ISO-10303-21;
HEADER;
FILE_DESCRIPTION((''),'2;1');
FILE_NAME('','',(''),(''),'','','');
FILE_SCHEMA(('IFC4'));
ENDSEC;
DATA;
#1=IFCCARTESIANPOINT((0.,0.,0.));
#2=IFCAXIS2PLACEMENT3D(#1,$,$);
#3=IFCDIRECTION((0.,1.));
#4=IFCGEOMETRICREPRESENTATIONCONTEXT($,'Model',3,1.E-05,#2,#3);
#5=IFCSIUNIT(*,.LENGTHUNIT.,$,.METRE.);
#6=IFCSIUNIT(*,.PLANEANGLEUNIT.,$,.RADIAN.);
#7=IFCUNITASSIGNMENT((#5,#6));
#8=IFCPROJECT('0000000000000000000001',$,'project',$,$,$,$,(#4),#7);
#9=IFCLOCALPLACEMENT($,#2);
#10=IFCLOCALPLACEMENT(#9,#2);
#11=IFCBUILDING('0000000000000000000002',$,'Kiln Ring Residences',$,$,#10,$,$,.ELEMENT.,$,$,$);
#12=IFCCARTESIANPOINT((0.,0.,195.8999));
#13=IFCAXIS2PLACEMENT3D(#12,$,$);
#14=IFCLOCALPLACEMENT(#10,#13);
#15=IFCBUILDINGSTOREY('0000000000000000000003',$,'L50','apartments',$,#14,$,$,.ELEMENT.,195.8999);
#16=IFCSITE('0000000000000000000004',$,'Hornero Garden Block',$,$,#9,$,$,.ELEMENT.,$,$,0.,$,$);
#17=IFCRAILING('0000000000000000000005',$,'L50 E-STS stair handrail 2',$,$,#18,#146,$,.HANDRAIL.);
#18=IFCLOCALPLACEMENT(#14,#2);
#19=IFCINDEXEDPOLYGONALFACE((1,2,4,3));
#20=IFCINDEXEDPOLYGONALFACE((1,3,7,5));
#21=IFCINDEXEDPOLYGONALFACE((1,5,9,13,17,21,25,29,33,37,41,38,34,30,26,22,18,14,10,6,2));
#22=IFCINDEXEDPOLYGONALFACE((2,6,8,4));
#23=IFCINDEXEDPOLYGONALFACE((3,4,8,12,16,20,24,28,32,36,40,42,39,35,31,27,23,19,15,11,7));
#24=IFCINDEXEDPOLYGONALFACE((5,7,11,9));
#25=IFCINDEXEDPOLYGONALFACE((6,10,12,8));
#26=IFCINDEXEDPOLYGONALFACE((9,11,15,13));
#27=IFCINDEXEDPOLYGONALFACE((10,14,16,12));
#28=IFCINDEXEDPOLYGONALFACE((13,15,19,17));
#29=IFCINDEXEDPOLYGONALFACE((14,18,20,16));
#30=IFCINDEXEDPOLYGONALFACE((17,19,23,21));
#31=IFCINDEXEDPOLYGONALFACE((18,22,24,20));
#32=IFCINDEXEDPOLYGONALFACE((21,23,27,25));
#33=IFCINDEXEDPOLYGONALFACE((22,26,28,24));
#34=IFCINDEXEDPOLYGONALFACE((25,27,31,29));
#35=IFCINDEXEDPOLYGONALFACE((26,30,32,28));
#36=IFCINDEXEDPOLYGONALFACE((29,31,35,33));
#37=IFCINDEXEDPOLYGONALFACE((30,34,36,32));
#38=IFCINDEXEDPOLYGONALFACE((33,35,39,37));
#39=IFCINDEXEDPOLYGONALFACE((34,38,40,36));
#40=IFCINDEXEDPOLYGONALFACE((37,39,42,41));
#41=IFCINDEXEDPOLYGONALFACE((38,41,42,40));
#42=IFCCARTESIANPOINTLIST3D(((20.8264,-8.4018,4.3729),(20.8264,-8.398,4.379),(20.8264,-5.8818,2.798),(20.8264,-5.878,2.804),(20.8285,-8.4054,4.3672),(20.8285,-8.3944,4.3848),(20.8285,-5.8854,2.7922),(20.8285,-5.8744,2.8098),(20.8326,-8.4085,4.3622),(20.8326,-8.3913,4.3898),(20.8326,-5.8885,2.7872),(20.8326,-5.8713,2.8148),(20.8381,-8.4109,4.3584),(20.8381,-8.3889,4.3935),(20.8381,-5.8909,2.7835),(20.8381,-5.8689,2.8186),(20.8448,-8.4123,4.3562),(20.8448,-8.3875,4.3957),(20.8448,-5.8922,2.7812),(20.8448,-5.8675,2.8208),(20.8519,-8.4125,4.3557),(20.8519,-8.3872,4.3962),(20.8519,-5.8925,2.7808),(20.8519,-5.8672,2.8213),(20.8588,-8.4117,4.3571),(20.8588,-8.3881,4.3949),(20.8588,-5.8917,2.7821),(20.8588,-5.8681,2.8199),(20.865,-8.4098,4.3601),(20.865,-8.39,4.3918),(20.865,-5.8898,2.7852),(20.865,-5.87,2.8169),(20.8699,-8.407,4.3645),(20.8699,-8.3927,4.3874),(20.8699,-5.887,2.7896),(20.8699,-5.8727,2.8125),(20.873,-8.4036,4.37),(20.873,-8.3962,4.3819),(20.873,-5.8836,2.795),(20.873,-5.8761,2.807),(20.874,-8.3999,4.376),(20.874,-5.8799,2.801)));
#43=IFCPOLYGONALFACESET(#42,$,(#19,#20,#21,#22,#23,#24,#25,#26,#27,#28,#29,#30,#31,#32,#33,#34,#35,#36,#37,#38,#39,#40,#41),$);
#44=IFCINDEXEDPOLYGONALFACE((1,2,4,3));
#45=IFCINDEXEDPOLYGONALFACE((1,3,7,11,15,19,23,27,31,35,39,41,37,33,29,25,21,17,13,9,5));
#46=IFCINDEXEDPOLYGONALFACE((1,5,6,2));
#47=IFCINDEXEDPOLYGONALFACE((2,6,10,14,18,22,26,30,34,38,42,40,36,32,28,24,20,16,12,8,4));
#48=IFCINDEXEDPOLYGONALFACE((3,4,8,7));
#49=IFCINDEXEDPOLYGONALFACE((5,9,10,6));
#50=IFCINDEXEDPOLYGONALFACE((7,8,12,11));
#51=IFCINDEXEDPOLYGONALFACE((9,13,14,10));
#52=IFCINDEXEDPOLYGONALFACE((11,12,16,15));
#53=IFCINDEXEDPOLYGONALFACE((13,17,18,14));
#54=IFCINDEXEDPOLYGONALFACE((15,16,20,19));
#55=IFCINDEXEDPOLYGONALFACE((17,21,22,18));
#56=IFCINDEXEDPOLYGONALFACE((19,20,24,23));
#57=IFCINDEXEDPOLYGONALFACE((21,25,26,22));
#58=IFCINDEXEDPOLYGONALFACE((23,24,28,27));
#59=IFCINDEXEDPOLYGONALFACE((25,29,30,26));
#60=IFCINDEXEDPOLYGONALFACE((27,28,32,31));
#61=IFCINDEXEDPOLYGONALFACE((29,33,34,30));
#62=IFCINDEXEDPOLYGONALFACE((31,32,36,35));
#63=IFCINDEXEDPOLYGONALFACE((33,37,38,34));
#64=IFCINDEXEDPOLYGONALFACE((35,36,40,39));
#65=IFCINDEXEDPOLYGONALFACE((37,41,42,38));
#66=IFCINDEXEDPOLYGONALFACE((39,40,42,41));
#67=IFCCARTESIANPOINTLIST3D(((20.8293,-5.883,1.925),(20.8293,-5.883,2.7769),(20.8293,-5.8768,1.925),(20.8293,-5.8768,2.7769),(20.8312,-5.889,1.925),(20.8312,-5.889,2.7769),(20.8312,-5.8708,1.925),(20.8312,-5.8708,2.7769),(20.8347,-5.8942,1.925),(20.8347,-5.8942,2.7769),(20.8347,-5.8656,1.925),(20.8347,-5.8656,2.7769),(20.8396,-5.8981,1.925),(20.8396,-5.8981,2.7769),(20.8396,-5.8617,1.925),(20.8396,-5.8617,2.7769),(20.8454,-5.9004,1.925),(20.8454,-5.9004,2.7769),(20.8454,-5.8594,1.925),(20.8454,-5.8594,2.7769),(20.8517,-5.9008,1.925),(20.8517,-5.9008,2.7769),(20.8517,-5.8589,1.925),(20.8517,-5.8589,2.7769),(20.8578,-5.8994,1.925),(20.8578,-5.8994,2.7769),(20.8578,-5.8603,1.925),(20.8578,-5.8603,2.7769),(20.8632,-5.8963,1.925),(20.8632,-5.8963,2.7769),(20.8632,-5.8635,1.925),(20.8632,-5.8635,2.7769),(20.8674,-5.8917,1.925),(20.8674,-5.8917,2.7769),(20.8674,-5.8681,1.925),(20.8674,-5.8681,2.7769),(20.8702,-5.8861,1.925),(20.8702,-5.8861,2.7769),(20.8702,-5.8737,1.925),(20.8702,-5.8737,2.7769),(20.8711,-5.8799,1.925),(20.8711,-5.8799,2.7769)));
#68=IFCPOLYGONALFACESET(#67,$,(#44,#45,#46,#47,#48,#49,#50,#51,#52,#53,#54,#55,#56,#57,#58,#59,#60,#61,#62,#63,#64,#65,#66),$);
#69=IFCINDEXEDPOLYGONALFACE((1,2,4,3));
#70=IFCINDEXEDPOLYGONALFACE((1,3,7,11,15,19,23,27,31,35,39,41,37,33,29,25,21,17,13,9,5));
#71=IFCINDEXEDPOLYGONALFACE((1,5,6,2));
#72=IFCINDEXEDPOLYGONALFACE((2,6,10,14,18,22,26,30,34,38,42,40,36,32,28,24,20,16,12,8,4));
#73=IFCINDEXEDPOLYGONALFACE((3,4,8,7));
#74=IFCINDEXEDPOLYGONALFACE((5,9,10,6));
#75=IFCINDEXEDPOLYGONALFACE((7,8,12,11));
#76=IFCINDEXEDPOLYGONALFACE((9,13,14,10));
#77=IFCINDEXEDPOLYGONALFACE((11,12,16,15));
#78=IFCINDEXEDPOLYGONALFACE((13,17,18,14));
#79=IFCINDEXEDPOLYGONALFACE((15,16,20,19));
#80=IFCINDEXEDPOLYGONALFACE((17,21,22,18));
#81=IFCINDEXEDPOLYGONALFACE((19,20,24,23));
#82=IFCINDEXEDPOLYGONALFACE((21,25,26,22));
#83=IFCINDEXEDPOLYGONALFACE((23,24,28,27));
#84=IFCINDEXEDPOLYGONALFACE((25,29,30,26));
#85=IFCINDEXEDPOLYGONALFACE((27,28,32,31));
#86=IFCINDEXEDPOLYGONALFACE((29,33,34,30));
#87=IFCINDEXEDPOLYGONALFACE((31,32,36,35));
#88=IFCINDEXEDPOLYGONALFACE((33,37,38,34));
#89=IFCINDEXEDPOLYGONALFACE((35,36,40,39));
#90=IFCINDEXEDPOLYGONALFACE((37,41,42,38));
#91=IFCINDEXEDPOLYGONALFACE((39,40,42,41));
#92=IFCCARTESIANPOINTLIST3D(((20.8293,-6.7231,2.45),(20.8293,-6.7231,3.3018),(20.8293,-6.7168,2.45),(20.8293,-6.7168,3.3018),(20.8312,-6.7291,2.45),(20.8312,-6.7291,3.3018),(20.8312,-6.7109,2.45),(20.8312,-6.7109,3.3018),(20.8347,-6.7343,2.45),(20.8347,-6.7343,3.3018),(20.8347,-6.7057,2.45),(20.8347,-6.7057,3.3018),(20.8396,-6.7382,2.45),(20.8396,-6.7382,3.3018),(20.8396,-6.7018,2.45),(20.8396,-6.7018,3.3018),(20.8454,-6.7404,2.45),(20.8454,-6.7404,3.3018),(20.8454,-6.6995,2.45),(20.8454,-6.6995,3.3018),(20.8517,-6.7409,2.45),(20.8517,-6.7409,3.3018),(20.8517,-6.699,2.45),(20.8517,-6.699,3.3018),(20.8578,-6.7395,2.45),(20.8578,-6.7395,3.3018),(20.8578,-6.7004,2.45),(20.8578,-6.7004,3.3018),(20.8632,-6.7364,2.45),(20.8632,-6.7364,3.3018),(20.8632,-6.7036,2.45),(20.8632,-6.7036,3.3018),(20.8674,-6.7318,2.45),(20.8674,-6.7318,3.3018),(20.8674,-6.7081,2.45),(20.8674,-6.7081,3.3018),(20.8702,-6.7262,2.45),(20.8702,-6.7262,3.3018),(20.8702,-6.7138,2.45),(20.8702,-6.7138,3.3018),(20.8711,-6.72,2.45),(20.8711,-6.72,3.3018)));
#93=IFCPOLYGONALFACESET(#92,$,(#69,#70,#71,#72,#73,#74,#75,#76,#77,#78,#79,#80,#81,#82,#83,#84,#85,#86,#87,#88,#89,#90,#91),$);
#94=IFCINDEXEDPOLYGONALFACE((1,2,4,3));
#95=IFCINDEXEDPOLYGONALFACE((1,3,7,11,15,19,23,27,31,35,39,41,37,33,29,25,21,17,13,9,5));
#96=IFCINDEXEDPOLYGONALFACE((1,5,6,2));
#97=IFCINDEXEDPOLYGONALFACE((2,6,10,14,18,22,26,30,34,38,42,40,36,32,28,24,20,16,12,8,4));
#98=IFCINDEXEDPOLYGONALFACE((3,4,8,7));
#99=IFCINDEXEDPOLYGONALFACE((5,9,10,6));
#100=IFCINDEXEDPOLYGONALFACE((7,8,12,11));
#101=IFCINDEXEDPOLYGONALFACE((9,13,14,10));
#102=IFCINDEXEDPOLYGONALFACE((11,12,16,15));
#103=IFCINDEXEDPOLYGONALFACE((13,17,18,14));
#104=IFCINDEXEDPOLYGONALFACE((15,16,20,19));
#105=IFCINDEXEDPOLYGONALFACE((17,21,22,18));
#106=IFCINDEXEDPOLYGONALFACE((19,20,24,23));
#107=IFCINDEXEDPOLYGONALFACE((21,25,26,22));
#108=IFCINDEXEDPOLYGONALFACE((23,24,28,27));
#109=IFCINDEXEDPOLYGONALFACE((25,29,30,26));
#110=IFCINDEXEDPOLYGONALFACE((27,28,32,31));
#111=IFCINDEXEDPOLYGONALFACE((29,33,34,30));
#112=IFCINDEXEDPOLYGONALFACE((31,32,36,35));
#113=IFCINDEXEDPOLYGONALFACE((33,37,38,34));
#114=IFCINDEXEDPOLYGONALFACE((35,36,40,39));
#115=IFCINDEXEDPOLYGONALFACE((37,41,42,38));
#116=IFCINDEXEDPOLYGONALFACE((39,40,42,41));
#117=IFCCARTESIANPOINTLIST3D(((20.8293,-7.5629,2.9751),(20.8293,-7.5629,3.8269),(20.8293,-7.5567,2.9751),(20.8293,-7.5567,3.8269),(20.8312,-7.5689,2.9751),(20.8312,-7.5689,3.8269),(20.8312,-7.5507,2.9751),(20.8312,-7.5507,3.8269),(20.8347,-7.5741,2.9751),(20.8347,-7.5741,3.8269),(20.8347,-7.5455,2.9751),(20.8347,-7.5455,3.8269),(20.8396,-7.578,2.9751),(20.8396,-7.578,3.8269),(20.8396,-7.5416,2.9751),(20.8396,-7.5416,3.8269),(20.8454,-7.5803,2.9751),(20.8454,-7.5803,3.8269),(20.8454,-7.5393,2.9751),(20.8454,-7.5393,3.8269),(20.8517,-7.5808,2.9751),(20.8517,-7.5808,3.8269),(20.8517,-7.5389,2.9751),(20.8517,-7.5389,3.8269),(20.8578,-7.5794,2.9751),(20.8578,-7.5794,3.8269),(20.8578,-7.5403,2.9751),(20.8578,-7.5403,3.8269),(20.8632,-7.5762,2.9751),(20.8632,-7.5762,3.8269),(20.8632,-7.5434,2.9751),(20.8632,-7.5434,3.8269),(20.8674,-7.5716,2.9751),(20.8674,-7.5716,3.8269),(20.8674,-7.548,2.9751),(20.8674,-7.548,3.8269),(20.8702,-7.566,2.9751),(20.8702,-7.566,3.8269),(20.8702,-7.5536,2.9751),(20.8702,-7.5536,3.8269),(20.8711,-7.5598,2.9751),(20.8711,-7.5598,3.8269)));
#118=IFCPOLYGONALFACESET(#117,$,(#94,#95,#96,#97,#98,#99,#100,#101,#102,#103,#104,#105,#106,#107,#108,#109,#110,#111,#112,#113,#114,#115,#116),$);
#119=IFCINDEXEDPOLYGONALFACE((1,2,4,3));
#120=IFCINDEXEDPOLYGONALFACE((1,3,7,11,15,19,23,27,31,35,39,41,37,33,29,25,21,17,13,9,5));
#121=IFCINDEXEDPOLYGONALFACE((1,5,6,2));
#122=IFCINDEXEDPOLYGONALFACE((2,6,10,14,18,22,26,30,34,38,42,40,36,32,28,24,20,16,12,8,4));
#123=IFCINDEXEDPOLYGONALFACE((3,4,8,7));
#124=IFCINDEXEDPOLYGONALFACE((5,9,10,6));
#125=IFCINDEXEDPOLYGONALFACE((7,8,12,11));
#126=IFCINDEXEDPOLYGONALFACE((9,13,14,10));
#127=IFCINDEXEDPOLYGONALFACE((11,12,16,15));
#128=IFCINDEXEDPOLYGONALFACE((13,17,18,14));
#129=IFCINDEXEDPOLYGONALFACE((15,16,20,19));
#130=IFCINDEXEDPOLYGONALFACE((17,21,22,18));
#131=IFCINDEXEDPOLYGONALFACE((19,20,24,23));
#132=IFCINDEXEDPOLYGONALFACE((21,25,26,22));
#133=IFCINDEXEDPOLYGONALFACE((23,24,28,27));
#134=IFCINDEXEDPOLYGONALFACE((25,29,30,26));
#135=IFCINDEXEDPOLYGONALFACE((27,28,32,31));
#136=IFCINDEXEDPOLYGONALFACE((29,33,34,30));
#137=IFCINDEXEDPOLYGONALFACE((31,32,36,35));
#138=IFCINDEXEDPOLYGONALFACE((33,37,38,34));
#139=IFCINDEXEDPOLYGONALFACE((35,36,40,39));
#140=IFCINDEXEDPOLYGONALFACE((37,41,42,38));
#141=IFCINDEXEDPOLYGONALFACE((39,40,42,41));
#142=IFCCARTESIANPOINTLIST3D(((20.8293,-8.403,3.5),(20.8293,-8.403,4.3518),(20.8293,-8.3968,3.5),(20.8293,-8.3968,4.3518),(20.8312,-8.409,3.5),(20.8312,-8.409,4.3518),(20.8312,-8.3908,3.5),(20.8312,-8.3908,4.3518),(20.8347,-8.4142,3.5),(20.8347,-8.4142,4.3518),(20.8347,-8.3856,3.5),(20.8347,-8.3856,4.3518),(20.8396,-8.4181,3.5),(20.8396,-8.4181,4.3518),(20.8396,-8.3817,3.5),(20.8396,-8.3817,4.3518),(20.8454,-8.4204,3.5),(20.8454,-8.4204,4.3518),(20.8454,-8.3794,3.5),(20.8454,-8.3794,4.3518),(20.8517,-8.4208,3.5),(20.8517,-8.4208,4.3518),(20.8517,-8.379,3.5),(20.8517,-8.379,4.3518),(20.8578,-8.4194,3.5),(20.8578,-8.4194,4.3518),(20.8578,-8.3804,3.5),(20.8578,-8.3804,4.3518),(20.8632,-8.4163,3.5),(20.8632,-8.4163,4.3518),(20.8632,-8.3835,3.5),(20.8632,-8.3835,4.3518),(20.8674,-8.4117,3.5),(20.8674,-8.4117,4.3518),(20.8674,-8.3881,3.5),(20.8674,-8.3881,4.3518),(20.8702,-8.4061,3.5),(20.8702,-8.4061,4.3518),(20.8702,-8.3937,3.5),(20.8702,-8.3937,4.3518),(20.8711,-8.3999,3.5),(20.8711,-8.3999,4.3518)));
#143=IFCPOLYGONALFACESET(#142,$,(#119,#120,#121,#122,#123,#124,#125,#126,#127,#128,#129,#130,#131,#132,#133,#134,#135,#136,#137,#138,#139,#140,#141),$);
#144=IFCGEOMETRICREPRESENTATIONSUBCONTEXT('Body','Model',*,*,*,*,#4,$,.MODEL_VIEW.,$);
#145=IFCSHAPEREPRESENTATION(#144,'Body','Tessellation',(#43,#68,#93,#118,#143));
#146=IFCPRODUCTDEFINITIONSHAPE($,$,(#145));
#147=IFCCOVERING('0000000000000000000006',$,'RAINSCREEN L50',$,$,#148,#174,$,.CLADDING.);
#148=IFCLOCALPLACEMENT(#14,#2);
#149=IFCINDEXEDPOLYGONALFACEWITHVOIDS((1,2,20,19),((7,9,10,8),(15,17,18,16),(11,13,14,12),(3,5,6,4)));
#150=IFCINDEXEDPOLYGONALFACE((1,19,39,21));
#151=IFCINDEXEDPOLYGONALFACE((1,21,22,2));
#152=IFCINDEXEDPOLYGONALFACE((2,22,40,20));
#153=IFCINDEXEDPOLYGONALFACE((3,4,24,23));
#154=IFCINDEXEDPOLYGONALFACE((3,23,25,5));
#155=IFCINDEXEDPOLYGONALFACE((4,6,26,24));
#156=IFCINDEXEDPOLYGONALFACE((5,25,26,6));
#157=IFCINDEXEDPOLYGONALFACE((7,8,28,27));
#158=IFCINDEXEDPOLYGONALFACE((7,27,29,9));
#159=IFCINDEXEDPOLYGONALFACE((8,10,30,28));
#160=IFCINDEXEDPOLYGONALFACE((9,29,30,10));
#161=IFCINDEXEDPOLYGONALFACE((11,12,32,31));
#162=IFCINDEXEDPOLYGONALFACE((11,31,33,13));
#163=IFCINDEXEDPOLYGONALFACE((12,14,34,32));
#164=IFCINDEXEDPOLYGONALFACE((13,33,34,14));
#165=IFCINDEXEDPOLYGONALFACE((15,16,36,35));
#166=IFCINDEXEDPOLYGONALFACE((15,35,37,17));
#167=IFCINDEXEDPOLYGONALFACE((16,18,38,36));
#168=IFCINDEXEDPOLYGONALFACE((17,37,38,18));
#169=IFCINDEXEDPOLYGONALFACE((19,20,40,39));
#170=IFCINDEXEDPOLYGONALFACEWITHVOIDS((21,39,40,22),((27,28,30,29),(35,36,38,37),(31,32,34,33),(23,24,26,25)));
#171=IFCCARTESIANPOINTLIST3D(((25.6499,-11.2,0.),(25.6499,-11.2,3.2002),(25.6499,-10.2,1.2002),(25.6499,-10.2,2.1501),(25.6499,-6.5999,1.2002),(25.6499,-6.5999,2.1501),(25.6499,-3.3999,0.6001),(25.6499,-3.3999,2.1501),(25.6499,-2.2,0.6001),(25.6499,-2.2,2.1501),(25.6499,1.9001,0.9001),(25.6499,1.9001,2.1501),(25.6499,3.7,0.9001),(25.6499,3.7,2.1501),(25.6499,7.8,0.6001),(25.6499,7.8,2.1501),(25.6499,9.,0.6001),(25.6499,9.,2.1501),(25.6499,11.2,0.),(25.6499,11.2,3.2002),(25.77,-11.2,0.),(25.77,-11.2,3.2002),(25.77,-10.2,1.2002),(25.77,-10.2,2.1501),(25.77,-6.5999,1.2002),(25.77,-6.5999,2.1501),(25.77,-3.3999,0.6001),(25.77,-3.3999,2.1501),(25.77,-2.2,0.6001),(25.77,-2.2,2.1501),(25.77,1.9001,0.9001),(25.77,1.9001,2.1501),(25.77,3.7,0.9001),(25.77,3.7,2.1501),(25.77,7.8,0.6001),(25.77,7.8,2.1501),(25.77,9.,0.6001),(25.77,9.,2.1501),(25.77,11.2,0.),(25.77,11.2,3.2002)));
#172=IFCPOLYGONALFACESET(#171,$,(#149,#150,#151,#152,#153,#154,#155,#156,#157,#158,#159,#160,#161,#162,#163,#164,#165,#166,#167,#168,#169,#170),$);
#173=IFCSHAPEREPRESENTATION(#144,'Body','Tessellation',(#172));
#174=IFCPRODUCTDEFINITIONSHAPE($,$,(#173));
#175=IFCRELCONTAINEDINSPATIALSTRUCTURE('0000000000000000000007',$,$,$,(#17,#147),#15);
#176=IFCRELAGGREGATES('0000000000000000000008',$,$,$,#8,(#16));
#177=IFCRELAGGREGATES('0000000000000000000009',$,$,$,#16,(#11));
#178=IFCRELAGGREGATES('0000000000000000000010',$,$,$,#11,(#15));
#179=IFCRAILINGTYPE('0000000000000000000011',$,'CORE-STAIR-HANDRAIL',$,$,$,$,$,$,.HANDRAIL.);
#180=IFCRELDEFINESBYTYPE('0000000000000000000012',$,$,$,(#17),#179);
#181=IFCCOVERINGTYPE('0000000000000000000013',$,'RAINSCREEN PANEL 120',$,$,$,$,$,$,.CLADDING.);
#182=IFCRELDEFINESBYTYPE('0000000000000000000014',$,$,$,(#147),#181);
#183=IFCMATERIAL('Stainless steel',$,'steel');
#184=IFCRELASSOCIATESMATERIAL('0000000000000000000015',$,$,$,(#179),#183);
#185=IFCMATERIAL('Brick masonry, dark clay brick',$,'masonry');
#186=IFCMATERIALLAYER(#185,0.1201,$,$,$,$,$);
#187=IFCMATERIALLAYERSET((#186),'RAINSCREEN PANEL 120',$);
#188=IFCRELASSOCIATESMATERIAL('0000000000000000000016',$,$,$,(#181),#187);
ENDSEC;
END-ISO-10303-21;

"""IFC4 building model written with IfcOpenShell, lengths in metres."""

from ifc_helpers import new_model, si_unit, direction, frame, origin, origin_2d, place, context, subcontext, project, spatial, polyline, circle, outline, extrude, material, layer, layer_set, type_object, element, save


model = new_model("IFC4")

# Units and contexts
model_context = context("Model", 3, precision=1e-05, world=origin(), true_north=direction((0.0, 1.0)))
body_context = subcontext(model_context, "Body", "Model", "MODEL_VIEW")
ifc_project = project(units=[si_unit("LENGTHUNIT", "METRE"), si_unit("PLANEANGLEUNIT", "RADIAN")], contexts=[model_context])

# Site, building, storey
site_placement = place(None, origin())
site = spatial("IfcSite", under=ifc_project, at=site_placement, Name="Hornero Garden Block", CompositionType="ELEMENT", RefElevation=0.0)
building_placement = place(site_placement, origin())
building = spatial("IfcBuilding", under=site, at=building_placement, Name="Kiln Ring Residences", CompositionType="ELEMENT")
storey_placement = place(building_placement, frame((0.0, 0.0, 195.8999)))
storey = spatial("IfcBuildingStorey", under=building, at=storey_placement, Name="L50", Description="apartments", CompositionType="ELEMENT", Elevation=195.8999)

# Railing
ifc_material_1 = material(Name="Stainless steel", Category="steel")
railing_type_1 = type_object("IfcRailingType", Name="CORE-STAIR-HANDRAIL", PredefinedType="HANDRAIL", material=ifc_material_1)
railing_1_placement = place(storey_placement, frame((20.8501, -5.8799, 1.925)))
element("IfcRailing", 1, at=railing_1_placement, inside=storey, type_object=railing_type_1, Name="L50 E-STS stair handrail 2", PredefinedType="HANDRAIL", context=body_context, shape_type="SweptSolid", body=[
    extrude(circle(Radius=0.0239, at=origin_2d()), frame((0.0, 0.0, 0.876), z_axis=(0.0, -0.848008, 0.529984), x_axis=(1.0, 0.0, 0.0)), (0.0, 0.0, 1.0), 2.9717),
    extrude(circle(Radius=0.021, at=origin_2d()), origin(), (0.0, 0.0, 1.0), 0.8518),
    extrude(circle(Radius=0.021, at=origin_2d()), frame((0.0, -0.8401, 0.5249)), (0.0, 0.0, 1.0), 0.8518),
    extrude(circle(Radius=0.021, at=origin_2d()), frame((0.0, -1.6799, 1.05)), (0.0, 0.0, 1.0), 0.8518),
    extrude(circle(Radius=0.021, at=origin_2d()), frame((0.0, -2.52, 1.575)), (0.0, 0.0, 1.0), 0.8518),
])

# Covering
ifc_material_2 = material(Name="Brick masonry, dark clay brick", Category="masonry")
ifc_layer_1 = layer(ifc_material_2, 0.1201)
ifc_layer_set_1 = layer_set([ifc_layer_1], Name="RAINSCREEN PANEL 120")
covering_type = type_object("IfcCoveringType", Name="RAINSCREEN PANEL 120", PredefinedType="CLADDING", material=ifc_layer_set_1)
covering_placement = place(storey_placement, frame((25.71, -11.2, 0.0), z_axis=(0.0, 0.0, 1.0), x_axis=(0.0, 1.0, 0.0)))
element("IfcCovering", 2, at=covering_placement, inside=storey, type_object=covering_type, Name="RAINSCREEN L50", PredefinedType="CLADDING", context=body_context, shape_type="SweptSolid", body=[
    extrude(outline(polyline([(0.0, 0.0), (22.3999, 0.0), (22.3999, 3.2002), (0.0, 3.2002), (0.0, 0.0)]), holes=[polyline([(9.0, 0.6001), (9.0, 2.1501), (7.8, 2.1501), (7.8, 0.6001), (9.0, 0.6001)]), polyline([(20.2, 0.6001), (20.2, 2.1501), (19.0, 2.1501), (19.0, 0.6001), (20.2, 0.6001)]), polyline([(14.8999, 0.9001), (14.8999, 2.1501), (13.1001, 2.1501), (13.1001, 0.9001), (14.8999, 0.9001)]), polyline([(4.6001, 1.2002), (4.6001, 2.1501), (1.0, 2.1501), (1.0, 1.2002), (4.6001, 1.2002)])]), frame((0.0, 0.0601, 0.0), z_axis=(0.0, -1.0, 0.0), x_axis=(1.0, 0.0, 0.0)), (0.0, 0.0, 1.0), 0.1201),
])

save(model, "model.ifc")
